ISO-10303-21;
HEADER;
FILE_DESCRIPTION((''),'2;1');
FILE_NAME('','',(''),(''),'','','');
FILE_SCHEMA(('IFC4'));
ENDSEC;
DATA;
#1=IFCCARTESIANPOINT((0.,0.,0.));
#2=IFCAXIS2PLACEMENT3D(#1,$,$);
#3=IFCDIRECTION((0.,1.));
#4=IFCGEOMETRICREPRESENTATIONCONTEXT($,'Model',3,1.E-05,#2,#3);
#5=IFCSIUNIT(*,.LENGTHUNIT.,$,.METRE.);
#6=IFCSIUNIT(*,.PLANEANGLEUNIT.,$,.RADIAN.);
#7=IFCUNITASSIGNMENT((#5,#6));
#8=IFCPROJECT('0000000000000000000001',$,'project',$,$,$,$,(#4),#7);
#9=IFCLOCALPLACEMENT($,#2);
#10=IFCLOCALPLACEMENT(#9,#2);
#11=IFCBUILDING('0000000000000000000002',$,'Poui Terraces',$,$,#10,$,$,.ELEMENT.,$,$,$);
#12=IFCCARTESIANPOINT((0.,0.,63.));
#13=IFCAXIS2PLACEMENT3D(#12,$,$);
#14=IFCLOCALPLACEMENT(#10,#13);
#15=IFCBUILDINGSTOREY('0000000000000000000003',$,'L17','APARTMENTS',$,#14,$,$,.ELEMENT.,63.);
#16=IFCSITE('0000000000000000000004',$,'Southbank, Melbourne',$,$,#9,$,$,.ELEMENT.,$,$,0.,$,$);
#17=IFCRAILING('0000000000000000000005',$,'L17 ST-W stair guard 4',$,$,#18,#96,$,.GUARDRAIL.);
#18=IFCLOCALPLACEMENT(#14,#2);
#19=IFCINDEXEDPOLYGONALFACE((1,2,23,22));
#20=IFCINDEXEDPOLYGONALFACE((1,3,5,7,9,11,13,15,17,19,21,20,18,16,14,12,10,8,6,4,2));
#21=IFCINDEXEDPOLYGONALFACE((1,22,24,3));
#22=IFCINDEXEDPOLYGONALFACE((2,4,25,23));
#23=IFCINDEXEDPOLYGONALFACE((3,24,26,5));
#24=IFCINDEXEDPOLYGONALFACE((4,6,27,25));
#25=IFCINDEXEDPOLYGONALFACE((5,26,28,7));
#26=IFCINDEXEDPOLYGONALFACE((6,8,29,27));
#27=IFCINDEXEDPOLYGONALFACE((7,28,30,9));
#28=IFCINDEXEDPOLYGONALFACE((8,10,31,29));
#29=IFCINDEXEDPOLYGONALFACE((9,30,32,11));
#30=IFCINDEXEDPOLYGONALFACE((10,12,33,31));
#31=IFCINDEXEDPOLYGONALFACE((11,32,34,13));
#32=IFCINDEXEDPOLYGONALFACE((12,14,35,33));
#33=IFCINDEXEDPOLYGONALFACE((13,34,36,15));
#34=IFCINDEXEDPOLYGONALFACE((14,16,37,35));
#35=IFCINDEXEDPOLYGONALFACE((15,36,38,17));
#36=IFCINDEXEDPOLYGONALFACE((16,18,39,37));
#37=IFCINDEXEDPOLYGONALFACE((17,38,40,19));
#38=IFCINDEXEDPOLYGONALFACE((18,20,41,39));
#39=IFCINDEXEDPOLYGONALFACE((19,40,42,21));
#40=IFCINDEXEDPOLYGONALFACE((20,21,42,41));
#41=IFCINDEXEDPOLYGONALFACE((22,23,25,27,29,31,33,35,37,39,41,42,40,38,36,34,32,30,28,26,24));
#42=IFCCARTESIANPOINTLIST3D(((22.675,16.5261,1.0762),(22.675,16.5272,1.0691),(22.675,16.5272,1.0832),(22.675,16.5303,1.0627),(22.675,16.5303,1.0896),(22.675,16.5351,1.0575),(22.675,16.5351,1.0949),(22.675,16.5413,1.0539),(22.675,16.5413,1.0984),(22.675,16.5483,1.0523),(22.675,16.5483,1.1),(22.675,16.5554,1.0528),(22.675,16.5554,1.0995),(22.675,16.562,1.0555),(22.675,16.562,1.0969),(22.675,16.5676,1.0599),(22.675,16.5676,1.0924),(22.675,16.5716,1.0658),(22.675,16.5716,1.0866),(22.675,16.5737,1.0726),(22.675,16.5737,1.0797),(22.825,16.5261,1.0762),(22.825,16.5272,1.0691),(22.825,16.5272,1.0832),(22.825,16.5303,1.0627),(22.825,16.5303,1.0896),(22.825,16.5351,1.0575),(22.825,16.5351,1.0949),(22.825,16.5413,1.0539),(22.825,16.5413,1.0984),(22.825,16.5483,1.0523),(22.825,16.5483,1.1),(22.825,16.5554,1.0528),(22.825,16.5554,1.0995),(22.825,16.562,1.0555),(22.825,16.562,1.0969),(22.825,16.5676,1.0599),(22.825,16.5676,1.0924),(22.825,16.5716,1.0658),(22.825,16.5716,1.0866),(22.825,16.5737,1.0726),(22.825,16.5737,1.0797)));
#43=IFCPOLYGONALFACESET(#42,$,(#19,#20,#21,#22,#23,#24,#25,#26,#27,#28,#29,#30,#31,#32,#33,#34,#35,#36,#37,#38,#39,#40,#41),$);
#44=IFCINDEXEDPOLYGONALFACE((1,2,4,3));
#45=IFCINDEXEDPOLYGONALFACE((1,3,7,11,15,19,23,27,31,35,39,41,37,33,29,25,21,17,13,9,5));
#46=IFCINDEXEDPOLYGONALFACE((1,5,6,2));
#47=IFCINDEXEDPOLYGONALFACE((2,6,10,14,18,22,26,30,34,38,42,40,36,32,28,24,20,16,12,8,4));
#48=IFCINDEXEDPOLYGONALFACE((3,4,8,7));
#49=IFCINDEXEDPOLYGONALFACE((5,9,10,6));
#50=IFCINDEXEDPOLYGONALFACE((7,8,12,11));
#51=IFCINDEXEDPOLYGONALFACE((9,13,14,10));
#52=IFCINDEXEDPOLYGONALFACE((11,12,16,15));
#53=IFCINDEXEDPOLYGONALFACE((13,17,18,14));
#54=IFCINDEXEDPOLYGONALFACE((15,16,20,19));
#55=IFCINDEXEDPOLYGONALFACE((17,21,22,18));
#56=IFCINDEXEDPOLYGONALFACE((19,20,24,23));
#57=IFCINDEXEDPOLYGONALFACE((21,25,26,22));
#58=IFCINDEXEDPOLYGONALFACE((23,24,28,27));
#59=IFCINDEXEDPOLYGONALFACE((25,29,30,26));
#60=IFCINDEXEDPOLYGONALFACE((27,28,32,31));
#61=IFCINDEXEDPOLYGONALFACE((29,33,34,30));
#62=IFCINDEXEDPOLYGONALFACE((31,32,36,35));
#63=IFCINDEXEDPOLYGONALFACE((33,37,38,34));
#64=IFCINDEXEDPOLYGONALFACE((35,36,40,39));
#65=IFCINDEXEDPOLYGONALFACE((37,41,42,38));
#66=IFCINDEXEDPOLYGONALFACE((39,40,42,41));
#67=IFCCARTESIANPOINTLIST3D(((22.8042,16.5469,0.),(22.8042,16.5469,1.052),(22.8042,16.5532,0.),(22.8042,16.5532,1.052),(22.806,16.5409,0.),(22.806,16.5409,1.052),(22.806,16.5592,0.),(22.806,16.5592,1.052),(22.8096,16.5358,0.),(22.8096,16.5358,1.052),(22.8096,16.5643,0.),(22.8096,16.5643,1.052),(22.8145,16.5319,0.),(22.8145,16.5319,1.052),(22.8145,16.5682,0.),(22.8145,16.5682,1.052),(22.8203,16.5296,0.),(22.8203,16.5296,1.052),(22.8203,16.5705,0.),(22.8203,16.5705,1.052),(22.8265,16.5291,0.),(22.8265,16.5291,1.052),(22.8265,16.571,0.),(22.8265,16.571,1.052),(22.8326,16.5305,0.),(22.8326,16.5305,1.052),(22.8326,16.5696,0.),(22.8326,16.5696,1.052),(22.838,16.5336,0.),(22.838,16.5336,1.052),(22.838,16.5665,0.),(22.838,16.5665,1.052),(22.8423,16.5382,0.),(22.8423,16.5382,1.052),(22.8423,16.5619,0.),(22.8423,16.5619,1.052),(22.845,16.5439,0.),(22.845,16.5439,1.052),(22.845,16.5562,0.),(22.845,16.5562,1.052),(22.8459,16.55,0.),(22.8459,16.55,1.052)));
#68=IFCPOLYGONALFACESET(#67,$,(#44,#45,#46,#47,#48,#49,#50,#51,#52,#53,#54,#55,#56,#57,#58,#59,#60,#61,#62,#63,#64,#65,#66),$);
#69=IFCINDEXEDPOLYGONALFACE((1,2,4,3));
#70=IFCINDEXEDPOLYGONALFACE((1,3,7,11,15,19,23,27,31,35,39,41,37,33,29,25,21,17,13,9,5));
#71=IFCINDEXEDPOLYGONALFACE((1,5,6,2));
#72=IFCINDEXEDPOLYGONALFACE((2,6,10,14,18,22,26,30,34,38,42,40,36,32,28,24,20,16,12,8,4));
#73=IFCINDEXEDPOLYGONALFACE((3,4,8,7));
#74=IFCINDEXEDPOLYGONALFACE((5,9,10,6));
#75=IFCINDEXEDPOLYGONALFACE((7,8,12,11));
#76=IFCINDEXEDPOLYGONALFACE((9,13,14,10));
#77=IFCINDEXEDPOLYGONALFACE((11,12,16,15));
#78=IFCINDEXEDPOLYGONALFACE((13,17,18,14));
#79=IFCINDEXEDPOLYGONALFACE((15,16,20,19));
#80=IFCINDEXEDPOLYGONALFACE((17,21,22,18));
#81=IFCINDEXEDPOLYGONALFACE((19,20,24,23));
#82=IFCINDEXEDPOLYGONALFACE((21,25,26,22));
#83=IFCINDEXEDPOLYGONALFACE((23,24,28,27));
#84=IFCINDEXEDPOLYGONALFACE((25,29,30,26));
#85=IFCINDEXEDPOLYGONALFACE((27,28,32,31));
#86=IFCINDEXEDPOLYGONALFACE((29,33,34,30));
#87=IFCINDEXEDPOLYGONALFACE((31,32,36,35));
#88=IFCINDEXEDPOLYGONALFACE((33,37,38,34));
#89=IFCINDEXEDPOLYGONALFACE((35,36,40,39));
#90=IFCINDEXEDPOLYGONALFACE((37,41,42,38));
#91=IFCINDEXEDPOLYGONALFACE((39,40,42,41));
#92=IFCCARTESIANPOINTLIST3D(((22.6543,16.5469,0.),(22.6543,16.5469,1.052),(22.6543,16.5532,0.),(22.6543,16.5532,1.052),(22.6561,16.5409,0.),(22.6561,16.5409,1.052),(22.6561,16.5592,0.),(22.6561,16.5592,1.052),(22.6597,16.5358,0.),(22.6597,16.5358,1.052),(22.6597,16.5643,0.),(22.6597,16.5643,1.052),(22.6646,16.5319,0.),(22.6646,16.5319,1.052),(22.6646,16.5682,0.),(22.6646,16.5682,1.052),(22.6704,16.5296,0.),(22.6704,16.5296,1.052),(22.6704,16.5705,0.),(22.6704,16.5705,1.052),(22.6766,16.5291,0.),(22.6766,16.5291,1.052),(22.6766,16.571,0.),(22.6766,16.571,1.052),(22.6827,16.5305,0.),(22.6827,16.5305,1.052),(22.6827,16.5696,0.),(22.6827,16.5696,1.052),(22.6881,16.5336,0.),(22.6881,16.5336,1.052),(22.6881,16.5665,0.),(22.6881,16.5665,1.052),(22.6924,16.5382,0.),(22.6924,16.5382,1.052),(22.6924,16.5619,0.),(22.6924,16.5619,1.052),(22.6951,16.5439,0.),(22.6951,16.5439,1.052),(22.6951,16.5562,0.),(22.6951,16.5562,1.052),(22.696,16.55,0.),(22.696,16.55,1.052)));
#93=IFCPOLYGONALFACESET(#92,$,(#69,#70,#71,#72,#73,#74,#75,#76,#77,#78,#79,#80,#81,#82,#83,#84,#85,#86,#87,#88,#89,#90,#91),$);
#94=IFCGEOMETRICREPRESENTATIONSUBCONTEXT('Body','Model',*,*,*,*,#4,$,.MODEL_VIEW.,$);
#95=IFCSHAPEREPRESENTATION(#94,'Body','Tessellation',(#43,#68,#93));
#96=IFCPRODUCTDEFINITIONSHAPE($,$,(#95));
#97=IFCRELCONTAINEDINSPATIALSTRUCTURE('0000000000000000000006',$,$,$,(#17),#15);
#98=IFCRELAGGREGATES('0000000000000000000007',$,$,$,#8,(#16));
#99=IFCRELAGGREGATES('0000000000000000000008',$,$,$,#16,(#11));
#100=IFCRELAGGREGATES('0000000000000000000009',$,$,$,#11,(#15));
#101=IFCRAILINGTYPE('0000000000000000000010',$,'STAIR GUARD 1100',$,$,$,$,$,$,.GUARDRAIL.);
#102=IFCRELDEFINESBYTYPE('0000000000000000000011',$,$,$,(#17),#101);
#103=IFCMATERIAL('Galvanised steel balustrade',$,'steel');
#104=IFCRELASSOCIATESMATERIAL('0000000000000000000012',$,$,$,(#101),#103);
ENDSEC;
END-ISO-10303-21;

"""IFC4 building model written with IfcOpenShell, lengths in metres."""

from ifc_helpers import new_model, si_unit, direction, frame, origin, origin_2d, place, context, subcontext, project, spatial, circle, extrude, material, type_object, element, save


model = new_model("IFC4")

# Units and contexts
model_context = context("Model", 3, precision=1e-05, world=origin(), true_north=direction((0.0, 1.0)))
body_context = subcontext(model_context, "Body", "Model", "MODEL_VIEW")
ifc_project = project(units=[si_unit("LENGTHUNIT", "METRE"), si_unit("PLANEANGLEUNIT", "RADIAN")], contexts=[model_context])

# Site, building, storey
site_placement = place(None, origin())
site = spatial("IfcSite", under=ifc_project, at=site_placement, Name="Southbank, Melbourne", CompositionType="ELEMENT", RefElevation=0.0)
building_placement = place(site_placement, origin())
building = spatial("IfcBuilding", under=site, at=building_placement, Name="Poui Terraces", CompositionType="ELEMENT")
storey_placement = place(building_placement, frame((0.0, 0.0, 63.0)))
storey = spatial("IfcBuildingStorey", under=building, at=storey_placement, Name="L17", Description="APARTMENTS", CompositionType="ELEMENT", Elevation=63.0)

# Railing
ifc_material_1 = material(Name="Galvanised steel balustrade", Category="steel")
railing_type_1 = type_object("IfcRailingType", Name="STAIR GUARD 1100", PredefinedType="GUARDRAIL", material=ifc_material_1)
railing_1_placement = place(storey_placement, frame((22.825, 16.55, 0.0)))
element("IfcRailing", 1, at=railing_1_placement, inside=storey, type_object=railing_type_1, Name="L17 ST-W stair guard 4", PredefinedType="GUARDRAIL", context=body_context, shape_type="SweptSolid", body=[
    extrude(circle(Radius=0.0239, at=origin_2d()), frame((0.0, 0.0, 1.0762), z_axis=(-1.0, 0.0, 0.0), x_axis=(0.0, -1.0, 0.0)), (0.0, 0.0, 1.0), 0.1499),
    extrude(circle(Radius=0.021, at=origin_2d()), origin(), (0.0, 0.0, 1.0), 1.052),
    extrude(circle(Radius=0.021, at=origin_2d()), frame((-0.1499, 0.0, 0.0)), (0.0, 0.0, 1.0), 1.052),
])

save(model, "model.ifc")
